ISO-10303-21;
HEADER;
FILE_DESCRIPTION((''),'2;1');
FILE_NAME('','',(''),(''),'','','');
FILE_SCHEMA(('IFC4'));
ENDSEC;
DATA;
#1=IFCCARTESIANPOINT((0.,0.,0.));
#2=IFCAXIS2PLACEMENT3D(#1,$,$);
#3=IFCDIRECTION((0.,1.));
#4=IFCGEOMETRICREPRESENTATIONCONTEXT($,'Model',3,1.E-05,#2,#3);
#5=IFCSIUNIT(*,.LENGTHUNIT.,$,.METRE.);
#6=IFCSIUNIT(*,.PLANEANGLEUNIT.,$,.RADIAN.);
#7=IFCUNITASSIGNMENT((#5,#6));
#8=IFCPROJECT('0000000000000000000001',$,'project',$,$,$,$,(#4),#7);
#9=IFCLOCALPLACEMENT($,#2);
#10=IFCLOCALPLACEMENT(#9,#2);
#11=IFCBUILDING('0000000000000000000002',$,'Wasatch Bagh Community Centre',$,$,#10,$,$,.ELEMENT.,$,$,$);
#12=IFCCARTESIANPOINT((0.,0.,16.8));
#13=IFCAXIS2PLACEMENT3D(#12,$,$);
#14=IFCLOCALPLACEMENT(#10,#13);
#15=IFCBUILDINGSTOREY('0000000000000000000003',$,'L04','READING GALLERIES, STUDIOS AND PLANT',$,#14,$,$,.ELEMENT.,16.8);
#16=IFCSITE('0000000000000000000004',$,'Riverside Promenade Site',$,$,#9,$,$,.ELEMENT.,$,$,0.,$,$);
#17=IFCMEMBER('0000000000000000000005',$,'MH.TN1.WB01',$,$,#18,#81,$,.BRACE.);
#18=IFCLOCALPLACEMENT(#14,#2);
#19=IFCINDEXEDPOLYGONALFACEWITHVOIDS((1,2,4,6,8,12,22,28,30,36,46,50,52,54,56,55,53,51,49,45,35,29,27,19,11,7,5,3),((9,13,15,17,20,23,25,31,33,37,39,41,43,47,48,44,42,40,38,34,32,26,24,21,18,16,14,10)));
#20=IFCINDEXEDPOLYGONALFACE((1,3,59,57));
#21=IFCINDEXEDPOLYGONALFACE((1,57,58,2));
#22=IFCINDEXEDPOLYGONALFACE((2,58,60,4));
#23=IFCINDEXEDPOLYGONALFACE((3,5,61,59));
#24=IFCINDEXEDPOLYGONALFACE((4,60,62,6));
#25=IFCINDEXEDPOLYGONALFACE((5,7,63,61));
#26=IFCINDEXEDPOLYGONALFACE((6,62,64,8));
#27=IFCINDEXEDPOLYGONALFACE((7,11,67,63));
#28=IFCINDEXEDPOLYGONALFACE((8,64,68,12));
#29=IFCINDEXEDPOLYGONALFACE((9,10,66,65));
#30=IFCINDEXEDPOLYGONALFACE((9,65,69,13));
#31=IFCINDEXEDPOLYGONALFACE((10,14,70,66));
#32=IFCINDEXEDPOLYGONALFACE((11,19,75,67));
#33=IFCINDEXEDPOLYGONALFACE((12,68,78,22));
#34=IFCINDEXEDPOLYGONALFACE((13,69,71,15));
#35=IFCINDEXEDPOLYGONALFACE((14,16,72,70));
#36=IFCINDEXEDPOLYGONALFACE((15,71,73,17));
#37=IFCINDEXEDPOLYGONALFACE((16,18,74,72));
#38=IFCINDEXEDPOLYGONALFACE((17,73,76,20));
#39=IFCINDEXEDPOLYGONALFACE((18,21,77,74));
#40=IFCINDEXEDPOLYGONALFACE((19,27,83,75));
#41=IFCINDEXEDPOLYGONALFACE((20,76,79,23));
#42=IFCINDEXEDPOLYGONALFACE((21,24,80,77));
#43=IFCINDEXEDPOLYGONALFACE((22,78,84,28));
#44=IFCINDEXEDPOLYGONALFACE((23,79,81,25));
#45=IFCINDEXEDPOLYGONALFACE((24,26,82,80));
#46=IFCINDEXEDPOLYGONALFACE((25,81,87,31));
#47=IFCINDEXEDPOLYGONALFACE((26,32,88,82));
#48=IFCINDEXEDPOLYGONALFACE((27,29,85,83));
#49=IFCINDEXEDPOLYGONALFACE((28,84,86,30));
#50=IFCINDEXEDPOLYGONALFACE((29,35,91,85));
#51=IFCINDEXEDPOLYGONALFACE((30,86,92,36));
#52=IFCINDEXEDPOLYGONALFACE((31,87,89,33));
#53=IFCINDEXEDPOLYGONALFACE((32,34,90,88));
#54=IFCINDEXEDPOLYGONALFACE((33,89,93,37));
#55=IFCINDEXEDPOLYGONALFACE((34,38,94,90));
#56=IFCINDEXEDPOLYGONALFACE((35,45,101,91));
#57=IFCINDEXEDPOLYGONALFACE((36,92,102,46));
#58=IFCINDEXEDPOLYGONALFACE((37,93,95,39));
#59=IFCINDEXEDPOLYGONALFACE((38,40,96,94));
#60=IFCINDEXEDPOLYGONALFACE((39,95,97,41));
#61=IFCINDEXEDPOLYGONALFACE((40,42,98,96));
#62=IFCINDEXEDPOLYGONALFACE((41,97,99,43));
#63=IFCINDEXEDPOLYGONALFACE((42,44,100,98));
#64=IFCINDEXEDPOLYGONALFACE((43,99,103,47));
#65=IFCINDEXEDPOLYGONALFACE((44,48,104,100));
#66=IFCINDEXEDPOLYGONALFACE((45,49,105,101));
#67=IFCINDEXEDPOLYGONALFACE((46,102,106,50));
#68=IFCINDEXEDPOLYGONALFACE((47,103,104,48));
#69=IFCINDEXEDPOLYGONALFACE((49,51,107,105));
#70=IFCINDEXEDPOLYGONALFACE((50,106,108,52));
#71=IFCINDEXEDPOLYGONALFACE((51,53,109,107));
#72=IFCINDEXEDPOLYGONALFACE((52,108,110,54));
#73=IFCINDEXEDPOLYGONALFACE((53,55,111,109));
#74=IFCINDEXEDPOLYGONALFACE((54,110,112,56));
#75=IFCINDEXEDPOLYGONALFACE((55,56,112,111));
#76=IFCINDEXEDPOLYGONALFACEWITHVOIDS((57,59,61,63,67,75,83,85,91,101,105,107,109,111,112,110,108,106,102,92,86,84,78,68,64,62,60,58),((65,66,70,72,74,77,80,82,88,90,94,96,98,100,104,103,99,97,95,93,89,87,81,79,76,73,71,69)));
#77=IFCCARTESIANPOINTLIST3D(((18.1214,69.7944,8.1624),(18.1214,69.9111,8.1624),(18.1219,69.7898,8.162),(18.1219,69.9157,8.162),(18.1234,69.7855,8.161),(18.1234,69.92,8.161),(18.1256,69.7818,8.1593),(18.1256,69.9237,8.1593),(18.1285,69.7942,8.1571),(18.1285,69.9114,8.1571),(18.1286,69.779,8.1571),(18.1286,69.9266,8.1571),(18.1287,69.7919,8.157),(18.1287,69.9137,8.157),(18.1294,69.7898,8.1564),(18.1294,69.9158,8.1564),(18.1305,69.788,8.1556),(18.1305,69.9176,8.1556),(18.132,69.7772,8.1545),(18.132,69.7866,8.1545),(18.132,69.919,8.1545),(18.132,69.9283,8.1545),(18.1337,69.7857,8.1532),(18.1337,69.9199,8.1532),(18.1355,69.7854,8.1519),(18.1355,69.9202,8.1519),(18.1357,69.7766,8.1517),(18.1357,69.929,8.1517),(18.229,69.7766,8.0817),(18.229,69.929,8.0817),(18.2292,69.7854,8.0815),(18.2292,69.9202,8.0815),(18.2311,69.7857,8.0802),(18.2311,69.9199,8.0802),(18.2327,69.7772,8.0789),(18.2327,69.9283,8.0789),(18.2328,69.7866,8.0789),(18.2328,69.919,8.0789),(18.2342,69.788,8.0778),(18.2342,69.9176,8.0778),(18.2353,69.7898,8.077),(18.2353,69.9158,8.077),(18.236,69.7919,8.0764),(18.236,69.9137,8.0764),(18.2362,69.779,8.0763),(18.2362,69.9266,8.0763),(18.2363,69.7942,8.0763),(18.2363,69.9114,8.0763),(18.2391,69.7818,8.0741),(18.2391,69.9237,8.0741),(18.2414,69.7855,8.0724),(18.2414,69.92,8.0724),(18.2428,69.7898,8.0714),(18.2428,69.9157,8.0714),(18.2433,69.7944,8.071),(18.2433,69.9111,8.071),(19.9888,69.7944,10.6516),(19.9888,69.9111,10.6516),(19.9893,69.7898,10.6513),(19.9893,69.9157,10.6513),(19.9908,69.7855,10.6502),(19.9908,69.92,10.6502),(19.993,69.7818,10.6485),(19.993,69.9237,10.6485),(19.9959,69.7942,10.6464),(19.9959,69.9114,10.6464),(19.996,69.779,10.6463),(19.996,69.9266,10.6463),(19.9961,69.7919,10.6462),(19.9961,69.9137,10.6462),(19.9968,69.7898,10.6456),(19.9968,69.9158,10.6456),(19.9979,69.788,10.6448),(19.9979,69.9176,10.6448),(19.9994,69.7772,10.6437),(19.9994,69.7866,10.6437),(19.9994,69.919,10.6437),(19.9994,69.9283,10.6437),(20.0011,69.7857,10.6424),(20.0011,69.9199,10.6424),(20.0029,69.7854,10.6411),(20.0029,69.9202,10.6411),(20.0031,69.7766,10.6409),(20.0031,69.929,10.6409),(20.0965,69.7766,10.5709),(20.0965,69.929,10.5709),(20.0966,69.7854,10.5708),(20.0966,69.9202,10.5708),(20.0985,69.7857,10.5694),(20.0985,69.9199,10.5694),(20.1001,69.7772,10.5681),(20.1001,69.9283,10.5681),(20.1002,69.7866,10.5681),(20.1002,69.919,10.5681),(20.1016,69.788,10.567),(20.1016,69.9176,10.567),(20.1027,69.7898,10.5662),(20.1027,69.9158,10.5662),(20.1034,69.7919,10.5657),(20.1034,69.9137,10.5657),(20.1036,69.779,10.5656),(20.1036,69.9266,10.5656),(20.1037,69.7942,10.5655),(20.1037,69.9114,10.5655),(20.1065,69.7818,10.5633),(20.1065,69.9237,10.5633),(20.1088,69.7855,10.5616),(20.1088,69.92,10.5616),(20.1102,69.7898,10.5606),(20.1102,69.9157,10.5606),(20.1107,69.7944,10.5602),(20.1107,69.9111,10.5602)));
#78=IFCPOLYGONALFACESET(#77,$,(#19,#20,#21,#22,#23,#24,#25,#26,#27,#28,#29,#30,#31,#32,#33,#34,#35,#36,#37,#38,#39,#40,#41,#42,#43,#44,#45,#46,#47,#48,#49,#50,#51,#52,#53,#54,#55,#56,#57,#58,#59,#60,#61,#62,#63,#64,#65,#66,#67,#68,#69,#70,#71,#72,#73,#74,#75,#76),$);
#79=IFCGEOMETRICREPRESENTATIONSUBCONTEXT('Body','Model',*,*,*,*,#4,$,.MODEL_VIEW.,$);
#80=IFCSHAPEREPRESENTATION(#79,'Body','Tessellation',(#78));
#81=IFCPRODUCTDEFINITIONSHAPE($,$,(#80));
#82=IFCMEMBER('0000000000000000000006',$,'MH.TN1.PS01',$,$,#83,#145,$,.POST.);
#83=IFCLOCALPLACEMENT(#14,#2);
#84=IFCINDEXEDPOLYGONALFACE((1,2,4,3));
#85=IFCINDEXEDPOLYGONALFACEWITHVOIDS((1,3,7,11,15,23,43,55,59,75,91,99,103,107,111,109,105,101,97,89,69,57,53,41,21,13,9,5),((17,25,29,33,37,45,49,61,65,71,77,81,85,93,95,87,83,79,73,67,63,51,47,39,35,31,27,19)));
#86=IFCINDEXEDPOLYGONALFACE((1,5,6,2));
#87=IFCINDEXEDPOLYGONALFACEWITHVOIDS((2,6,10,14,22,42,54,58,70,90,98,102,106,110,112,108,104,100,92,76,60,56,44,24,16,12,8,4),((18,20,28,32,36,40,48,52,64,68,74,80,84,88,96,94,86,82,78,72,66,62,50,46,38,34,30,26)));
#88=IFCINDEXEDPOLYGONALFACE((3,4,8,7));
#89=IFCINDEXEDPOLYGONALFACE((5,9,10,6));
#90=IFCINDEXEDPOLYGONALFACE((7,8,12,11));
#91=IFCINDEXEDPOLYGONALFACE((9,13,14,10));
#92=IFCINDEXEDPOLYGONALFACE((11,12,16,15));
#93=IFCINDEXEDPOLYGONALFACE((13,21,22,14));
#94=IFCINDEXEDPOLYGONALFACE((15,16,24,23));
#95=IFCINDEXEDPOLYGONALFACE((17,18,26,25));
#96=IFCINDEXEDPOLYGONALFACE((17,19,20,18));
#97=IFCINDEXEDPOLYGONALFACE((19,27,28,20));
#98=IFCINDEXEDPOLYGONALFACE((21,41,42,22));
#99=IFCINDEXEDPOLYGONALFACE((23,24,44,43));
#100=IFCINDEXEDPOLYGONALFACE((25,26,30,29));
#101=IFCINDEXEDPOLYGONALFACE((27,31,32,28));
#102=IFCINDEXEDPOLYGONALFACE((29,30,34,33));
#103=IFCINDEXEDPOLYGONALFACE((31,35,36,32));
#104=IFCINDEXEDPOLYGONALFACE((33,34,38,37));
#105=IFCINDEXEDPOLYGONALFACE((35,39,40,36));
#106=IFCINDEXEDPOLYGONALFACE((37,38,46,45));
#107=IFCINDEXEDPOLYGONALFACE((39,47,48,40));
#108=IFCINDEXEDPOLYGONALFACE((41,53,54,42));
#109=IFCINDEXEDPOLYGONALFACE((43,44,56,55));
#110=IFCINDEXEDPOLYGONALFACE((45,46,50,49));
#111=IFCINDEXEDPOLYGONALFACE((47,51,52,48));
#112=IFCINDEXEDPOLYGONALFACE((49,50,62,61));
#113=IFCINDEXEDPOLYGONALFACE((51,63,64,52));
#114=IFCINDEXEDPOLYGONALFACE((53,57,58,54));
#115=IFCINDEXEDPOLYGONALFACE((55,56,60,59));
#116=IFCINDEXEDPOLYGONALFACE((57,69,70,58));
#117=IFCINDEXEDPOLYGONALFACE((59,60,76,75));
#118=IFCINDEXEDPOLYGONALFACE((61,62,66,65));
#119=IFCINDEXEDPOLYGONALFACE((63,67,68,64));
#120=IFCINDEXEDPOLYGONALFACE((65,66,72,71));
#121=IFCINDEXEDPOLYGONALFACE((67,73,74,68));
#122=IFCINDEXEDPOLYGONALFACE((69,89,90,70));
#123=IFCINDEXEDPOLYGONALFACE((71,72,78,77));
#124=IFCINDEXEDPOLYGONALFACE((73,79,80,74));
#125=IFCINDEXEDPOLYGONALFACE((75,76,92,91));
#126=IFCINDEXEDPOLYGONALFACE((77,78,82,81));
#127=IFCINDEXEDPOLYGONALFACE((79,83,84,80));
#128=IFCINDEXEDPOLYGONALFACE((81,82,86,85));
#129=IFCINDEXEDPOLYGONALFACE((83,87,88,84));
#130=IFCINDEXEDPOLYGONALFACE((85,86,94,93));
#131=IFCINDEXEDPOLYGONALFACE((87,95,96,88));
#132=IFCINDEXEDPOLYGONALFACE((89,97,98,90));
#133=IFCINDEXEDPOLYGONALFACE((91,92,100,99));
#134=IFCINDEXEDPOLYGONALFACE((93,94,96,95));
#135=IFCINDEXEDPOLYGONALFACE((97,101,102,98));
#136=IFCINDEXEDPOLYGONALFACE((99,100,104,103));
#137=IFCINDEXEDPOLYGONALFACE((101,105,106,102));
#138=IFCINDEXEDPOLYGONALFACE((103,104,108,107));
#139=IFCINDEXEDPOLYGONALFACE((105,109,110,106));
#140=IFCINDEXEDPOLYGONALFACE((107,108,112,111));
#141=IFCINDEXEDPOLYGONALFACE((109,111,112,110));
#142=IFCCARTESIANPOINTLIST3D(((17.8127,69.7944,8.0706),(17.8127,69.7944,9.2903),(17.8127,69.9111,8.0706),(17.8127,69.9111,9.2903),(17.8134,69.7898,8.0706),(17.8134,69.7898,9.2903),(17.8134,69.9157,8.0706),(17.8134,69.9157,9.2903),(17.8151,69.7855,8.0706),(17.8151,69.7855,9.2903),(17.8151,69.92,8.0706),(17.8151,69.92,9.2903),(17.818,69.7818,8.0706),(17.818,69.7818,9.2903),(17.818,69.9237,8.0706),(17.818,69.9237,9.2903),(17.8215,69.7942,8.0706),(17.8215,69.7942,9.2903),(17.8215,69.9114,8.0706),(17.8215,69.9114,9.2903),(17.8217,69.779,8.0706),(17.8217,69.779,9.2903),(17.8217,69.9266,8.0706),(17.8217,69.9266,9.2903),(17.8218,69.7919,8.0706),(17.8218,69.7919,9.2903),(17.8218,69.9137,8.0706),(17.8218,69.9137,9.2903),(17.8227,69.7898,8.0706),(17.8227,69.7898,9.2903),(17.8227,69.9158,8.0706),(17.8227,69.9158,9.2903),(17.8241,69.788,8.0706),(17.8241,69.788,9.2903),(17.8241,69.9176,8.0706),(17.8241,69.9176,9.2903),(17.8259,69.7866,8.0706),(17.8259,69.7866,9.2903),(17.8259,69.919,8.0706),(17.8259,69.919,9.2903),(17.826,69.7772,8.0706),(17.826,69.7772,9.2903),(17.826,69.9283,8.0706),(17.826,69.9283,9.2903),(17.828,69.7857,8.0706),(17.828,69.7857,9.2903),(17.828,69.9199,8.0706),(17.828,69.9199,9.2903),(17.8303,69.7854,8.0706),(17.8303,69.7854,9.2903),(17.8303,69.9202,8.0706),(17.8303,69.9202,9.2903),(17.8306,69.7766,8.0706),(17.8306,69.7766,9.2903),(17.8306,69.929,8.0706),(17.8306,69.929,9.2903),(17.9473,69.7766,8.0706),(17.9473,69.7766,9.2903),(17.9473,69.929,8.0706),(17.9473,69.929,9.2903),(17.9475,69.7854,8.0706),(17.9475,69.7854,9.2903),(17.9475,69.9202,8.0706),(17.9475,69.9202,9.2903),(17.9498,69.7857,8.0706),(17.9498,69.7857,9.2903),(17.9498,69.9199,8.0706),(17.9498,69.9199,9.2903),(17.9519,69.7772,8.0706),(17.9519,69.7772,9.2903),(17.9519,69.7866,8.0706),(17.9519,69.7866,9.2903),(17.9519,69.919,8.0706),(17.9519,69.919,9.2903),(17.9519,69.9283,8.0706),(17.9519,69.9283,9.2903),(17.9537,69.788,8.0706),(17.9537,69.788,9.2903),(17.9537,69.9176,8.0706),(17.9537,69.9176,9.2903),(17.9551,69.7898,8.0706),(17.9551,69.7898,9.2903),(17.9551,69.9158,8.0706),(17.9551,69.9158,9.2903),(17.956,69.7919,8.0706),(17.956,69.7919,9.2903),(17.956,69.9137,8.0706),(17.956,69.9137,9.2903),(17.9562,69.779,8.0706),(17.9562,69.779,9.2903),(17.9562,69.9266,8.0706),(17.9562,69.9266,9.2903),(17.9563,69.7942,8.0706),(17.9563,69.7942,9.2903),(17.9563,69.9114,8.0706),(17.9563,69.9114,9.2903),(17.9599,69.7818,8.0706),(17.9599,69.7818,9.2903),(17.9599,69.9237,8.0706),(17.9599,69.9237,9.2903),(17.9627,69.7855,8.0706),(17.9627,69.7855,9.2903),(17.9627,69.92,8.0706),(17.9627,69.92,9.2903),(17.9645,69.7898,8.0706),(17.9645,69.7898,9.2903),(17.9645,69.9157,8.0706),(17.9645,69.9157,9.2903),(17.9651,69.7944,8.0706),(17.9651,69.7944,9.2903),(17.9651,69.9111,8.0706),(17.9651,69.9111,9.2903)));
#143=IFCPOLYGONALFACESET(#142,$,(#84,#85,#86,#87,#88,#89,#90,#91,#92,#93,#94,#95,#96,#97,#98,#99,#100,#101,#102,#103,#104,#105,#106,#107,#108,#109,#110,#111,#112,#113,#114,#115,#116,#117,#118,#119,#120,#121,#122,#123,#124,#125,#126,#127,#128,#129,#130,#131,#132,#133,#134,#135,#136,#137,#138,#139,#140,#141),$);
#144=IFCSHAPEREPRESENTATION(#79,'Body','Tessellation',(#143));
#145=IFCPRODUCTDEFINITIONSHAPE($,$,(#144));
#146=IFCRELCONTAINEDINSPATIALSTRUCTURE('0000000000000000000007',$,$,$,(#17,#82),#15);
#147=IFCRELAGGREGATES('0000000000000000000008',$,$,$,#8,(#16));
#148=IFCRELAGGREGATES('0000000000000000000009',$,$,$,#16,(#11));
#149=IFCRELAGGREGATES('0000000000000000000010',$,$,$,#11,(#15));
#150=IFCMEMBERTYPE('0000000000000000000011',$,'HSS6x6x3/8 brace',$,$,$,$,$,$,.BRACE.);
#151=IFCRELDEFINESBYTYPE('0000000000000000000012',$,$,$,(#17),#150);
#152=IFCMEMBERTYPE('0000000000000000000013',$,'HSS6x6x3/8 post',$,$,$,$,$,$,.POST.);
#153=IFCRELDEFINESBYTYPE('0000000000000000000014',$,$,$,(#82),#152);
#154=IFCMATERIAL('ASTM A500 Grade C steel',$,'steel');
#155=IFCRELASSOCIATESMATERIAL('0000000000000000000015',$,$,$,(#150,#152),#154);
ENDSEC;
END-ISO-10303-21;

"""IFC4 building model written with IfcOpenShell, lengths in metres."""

from ifc_helpers import new_model, si_unit, direction, frame, origin, origin_2d, place, context, subcontext, project, spatial, hollow_rectangle, extrude, material, material_profile, profile_set, type_object, element, save


model = new_model("IFC4")

# Units and contexts
model_context = context("Model", 3, precision=1e-05, world=origin(), true_north=direction((0.0, 1.0)))
body_context = subcontext(model_context, "Body", "Model", "MODEL_VIEW")
ifc_project = project(units=[si_unit("LENGTHUNIT", "METRE"), si_unit("PLANEANGLEUNIT", "RADIAN")], contexts=[model_context])

# Site, building, storey
site_placement = place(None, origin())
site = spatial("IfcSite", under=ifc_project, at=site_placement, Name="Riverside Promenade Site", CompositionType="ELEMENT", RefElevation=0.0)
building_placement = place(site_placement, origin())
building = spatial("IfcBuilding", under=site, at=building_placement, Name="Wasatch Bagh Community Centre", CompositionType="ELEMENT")
storey_placement = place(building_placement, frame((0.0, 0.0, 16.8)))
storey = spatial("IfcBuildingStorey", under=building, at=storey_placement, Name="L04", Description="READING GALLERIES, STUDIOS AND PLANT", CompositionType="ELEMENT", Elevation=16.8)

# Members
ifc_material_1 = material(Name="ASTM A500 Grade C steel", Category="steel")
ifc_material_profile_1 = material_profile(ifc_material_1, hollow_rectangle(XDim=0.1523, YDim=0.1523, WallThickness=0.0088, InnerFilletRadius=0.0088, OuterFilletRadius=0.0178, at=origin_2d()), Name="HSS6x6x3/8")
ifc_profile_set_1 = profile_set([ifc_material_profile_1], Name="ASTM A500 Grade C steel")
member_type_1 = type_object("IfcMemberType", Name="HSS6x6x3/8 brace", PredefinedType="BRACE", material=ifc_profile_set_1)
member_1_placement = place(storey_placement, frame((18.1824, 69.8528, 8.1167), z_axis=(0.6001, 0.0, 0.799925), x_axis=(0.0, 1.0, 0.0)))
element("IfcMember", 1, at=member_1_placement, inside=storey, type_object=member_type_1, Name="MH.TN1.WB01", PredefinedType="BRACE", context=body_context, shape_type="SweptSolid", body=[
    extrude(hollow_rectangle(XDim=0.1523, YDim=0.1523, WallThickness=0.0088, InnerFilletRadius=0.0088, OuterFilletRadius=0.0178, at=origin_2d()), origin(), (0.0, 0.0, 1.0), 3.1118),
])
ifc_material_profile_2 = material_profile(ifc_material_1, hollow_rectangle(XDim=0.1523, YDim=0.1523, WallThickness=0.0088, InnerFilletRadius=0.0088, OuterFilletRadius=0.0178, at=origin_2d()), Name="HSS6x6x3/8")
ifc_profile_set_2 = profile_set([ifc_material_profile_2], Name="ASTM A500 Grade C steel")
member_type_2 = type_object("IfcMemberType", Name="HSS6x6x3/8 post", PredefinedType="POST", material=ifc_profile_set_2)
member_2_placement = place(storey_placement, frame((17.8889, 69.8528, 8.0706), z_axis=(0.0, 0.0, 1.0), x_axis=(1.0, 0.0, 0.0)))
element("IfcMember", 2, at=member_2_placement, inside=storey, type_object=member_type_2, Name="MH.TN1.PS01", PredefinedType="POST", context=body_context, shape_type="SweptSolid", body=[
    extrude(hollow_rectangle(XDim=0.1523, YDim=0.1523, WallThickness=0.0088, InnerFilletRadius=0.0088, OuterFilletRadius=0.0178, at=origin_2d()), origin(), (0.0, 0.0, 1.0), 1.2197),
])

save(model, "model.ifc")
